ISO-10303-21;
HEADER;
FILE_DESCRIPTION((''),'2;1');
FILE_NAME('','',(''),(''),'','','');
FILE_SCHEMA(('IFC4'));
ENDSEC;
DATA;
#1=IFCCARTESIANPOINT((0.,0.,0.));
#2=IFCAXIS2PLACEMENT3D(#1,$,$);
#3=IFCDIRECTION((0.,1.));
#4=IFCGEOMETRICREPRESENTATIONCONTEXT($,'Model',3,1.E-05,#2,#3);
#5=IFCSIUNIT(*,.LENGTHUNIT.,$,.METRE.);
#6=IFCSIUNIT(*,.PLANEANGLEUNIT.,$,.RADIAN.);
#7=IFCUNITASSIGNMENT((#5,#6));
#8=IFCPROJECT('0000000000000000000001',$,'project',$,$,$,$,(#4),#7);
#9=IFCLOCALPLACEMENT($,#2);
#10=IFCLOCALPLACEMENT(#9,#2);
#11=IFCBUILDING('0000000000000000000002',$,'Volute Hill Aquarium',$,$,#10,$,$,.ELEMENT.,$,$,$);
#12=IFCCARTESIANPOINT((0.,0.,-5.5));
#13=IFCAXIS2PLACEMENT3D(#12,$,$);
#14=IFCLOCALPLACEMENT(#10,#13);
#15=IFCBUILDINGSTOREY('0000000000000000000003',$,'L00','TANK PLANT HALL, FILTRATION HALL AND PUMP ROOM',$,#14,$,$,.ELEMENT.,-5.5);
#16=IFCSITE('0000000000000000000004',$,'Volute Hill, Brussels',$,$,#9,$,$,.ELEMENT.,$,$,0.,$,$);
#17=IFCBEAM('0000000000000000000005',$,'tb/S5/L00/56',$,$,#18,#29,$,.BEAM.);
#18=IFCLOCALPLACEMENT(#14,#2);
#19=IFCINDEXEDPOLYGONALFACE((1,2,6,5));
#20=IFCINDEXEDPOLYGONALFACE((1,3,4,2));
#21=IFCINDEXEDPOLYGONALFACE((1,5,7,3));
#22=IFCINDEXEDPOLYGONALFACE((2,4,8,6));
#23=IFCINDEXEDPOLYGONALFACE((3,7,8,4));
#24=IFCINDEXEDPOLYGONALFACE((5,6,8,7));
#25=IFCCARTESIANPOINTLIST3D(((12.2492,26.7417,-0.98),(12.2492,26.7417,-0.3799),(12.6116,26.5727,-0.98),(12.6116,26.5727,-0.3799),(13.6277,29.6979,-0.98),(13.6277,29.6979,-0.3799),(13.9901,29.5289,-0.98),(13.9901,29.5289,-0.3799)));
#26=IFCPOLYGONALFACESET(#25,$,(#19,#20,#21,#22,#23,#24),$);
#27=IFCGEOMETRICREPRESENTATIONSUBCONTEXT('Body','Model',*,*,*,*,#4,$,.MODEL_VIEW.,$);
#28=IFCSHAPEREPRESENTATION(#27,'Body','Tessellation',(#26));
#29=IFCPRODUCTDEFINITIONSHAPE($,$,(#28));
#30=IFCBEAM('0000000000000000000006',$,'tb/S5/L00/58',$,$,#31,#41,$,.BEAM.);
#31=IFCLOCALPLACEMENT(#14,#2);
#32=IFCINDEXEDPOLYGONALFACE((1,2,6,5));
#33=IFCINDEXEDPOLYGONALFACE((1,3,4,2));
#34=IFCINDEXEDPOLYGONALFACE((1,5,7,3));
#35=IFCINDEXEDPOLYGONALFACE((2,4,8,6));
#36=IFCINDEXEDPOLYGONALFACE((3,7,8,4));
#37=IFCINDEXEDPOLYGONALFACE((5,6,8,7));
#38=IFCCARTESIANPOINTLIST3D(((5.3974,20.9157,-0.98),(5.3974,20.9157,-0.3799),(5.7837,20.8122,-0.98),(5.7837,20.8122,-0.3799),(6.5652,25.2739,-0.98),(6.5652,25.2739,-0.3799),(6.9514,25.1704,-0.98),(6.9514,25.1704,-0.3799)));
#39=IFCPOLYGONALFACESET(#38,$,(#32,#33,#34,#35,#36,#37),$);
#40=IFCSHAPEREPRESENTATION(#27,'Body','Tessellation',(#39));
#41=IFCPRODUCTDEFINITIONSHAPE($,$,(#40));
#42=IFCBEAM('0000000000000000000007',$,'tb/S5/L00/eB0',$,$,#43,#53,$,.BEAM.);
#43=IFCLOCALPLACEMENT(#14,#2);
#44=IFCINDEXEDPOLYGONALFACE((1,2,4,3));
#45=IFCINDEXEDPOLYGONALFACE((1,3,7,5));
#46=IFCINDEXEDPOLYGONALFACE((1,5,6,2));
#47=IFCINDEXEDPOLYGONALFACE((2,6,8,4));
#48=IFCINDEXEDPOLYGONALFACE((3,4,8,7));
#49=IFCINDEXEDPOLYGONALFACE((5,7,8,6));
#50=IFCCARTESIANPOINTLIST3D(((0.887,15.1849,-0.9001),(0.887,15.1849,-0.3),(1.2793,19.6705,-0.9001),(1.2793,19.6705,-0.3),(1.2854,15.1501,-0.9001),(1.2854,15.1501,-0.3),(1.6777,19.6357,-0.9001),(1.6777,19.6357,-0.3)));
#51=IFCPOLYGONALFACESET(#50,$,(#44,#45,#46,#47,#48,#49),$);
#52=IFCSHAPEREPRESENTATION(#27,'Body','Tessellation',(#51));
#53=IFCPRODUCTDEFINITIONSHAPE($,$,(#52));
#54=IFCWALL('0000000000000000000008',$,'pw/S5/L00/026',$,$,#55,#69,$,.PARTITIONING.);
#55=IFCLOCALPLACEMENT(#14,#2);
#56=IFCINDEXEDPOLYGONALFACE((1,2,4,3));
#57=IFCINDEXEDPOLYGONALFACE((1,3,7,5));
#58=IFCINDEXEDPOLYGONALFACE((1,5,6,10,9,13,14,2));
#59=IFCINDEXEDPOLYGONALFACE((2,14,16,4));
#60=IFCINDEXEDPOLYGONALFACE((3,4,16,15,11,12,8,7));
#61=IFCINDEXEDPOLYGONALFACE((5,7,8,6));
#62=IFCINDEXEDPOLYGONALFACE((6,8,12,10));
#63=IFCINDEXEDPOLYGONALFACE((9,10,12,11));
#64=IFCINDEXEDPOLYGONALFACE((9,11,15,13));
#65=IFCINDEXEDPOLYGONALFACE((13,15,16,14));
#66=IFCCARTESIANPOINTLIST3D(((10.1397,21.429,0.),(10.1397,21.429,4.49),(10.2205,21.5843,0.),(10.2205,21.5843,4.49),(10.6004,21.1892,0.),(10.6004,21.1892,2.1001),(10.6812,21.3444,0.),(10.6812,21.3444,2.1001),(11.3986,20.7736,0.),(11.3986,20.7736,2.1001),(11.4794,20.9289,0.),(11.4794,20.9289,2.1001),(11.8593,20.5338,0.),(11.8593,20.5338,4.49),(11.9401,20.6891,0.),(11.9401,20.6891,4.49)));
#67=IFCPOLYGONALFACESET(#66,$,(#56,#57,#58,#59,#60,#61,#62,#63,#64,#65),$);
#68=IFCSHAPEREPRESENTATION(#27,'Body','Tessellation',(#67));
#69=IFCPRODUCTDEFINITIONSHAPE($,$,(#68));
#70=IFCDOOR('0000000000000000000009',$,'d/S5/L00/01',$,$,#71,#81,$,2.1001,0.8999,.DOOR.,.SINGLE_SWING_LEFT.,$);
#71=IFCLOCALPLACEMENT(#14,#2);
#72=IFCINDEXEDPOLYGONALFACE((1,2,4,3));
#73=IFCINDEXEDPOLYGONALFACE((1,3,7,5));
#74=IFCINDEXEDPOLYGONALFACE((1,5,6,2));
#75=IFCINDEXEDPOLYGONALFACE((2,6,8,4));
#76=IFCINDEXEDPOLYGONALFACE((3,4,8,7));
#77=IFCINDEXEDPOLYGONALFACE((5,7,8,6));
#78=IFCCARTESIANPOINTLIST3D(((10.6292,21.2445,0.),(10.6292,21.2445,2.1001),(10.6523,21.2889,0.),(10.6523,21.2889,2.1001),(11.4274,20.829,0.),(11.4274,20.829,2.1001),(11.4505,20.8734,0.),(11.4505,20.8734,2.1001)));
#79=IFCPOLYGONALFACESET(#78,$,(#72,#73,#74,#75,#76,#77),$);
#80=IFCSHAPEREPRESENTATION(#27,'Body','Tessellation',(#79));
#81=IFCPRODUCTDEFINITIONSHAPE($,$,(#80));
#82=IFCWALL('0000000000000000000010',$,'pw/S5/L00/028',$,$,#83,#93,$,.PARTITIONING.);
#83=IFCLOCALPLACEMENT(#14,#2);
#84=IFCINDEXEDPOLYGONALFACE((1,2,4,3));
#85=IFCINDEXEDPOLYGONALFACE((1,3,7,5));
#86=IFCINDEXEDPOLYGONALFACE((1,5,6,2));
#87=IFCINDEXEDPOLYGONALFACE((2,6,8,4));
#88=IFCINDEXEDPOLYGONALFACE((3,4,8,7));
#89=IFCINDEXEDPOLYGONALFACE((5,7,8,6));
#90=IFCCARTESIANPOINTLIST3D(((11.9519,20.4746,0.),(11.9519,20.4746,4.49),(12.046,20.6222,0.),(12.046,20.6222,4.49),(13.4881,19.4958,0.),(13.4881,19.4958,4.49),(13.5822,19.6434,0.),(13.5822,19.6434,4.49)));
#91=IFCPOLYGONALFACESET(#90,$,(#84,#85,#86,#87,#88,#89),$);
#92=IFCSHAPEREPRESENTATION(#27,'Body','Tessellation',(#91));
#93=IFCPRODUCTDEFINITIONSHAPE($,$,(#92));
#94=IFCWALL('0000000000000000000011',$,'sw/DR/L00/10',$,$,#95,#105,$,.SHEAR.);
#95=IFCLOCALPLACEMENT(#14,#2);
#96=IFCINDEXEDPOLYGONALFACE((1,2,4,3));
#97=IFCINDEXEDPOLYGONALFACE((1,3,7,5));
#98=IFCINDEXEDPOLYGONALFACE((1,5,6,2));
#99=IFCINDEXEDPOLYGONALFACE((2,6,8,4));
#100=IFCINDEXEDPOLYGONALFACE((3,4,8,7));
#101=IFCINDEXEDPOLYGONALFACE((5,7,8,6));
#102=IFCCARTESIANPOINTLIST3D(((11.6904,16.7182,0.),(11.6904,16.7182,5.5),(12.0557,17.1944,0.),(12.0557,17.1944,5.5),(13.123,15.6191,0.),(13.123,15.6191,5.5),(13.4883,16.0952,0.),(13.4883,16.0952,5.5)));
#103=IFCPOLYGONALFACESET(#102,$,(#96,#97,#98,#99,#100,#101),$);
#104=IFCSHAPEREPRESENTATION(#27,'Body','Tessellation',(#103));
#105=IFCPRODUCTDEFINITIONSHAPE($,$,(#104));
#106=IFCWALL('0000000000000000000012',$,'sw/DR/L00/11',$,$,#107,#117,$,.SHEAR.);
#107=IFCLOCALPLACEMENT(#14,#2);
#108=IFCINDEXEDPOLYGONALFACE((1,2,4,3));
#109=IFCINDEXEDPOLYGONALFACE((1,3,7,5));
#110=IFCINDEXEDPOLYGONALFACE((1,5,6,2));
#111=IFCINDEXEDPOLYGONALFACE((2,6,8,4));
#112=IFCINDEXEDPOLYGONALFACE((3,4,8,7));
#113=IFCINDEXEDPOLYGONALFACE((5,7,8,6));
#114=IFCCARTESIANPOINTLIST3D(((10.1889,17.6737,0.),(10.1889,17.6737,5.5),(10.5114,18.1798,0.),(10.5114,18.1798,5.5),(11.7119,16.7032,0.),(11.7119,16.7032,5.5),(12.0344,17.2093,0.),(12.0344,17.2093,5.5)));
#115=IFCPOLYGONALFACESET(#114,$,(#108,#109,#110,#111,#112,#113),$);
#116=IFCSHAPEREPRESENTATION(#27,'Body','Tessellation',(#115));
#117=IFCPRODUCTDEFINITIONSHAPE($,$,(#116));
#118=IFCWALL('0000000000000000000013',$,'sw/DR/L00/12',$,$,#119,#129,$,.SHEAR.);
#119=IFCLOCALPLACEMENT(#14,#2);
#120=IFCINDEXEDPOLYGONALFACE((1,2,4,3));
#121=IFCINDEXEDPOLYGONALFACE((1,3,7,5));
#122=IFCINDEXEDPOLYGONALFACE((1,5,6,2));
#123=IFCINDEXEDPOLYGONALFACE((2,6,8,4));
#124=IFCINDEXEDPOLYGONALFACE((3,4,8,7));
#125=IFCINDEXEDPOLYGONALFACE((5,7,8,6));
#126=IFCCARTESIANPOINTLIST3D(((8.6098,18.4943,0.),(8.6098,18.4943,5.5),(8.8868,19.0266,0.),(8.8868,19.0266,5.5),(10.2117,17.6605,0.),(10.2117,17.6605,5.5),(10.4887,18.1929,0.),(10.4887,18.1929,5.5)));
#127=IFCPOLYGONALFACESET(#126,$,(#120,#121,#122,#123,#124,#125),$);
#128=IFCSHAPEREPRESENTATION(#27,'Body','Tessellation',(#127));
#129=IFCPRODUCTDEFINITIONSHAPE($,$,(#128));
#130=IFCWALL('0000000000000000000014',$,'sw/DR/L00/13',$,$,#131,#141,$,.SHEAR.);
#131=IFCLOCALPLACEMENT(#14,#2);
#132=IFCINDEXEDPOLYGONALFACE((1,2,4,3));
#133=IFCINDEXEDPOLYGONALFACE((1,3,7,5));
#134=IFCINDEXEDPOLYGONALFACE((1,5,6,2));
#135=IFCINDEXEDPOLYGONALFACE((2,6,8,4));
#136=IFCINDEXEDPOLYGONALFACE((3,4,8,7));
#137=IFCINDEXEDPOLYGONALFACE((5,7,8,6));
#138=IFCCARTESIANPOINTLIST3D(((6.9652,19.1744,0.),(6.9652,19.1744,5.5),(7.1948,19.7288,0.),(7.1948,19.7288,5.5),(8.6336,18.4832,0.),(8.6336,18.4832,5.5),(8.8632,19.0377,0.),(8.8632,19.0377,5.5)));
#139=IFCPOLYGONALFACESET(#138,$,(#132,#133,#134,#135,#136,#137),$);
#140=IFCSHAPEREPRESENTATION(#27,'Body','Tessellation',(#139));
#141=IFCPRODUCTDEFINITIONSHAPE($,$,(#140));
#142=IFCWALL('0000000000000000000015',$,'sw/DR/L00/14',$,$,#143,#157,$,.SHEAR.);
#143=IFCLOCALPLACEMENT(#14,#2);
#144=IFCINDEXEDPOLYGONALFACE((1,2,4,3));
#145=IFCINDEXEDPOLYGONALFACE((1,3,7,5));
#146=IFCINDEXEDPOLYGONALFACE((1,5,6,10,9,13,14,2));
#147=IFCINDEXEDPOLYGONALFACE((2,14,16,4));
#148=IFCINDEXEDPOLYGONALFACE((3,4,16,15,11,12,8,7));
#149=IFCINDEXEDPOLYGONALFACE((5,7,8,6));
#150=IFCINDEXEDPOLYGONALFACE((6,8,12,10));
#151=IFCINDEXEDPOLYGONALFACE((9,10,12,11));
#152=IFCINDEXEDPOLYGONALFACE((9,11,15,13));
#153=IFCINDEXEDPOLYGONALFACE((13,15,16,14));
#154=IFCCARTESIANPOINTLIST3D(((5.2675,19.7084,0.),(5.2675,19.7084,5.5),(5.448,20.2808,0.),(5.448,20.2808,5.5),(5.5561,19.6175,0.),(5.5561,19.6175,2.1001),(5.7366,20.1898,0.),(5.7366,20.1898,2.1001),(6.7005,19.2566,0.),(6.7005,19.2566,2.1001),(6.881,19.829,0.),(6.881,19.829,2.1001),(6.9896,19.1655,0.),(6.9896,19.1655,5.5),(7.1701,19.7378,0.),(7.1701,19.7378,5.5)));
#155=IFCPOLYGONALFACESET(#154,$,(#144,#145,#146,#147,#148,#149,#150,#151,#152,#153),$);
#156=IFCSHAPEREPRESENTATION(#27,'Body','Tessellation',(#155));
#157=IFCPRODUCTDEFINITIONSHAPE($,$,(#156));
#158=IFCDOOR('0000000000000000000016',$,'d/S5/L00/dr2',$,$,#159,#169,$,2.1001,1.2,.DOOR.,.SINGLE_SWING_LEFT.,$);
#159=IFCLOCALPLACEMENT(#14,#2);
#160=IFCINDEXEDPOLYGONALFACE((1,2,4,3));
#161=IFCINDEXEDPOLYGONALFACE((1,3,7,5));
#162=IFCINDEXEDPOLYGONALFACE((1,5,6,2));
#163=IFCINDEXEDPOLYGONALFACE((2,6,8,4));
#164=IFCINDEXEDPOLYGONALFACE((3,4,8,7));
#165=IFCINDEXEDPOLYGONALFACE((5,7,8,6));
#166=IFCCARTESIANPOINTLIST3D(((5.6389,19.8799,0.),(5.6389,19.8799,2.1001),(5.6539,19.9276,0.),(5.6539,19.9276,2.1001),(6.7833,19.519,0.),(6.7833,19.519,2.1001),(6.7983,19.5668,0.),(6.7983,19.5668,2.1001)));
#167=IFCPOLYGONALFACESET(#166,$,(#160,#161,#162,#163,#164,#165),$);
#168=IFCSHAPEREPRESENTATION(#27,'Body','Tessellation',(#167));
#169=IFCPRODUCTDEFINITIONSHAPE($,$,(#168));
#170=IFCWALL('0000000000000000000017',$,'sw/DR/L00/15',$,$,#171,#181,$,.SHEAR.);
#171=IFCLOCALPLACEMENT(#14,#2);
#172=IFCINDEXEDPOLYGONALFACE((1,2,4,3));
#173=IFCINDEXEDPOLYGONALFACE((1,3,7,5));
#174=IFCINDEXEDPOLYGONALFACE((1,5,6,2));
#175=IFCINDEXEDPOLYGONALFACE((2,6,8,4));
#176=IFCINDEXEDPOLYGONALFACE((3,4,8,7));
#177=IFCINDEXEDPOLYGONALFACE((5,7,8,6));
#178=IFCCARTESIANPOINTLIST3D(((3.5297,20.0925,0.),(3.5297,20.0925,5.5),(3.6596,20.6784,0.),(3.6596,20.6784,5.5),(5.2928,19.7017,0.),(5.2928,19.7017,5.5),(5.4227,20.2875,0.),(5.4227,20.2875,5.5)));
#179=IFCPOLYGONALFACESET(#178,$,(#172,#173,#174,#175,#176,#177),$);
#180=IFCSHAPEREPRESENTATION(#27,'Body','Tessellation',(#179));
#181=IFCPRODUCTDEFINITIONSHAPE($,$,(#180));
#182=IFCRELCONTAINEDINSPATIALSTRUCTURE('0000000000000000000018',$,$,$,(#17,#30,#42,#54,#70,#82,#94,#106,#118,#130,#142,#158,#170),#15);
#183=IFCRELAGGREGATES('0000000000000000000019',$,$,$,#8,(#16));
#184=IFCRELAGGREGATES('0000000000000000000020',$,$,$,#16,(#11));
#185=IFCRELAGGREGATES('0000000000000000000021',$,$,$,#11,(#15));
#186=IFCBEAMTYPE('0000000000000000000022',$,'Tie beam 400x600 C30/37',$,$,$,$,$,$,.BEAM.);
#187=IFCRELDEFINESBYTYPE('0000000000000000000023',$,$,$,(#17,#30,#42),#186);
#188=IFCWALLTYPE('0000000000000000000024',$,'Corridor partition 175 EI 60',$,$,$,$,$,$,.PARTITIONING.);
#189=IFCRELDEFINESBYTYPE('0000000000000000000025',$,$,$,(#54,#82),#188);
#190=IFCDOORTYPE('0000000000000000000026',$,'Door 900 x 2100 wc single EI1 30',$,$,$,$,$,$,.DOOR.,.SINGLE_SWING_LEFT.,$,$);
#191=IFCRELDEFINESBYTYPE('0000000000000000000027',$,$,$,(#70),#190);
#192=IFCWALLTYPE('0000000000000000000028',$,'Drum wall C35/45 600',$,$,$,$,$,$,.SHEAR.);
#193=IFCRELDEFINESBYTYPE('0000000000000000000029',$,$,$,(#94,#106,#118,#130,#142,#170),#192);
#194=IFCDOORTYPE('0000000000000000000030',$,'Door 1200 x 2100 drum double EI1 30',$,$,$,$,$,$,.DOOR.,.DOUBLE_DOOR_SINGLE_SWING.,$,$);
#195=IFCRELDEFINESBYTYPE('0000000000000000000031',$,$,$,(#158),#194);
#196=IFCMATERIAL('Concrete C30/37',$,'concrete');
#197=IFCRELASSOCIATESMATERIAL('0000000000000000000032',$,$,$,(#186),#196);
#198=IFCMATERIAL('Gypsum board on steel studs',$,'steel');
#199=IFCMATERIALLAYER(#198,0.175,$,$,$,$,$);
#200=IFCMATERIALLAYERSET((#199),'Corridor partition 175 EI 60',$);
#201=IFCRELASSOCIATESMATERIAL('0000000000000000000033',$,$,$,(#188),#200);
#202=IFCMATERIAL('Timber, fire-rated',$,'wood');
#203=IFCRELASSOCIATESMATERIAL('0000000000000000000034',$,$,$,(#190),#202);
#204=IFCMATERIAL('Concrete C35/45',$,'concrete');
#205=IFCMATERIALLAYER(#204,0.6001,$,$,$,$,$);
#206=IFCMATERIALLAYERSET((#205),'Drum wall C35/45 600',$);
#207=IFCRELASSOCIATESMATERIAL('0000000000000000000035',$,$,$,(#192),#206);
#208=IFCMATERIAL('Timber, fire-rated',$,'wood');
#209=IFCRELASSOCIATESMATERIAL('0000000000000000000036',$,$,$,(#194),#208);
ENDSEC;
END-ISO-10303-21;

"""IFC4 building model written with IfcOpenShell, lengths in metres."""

from ifc_helpers import new_model, si_unit, direction, frame, frame_2d, origin, origin_2d, place, context, subcontext, project, spatial, rectangle, extrude, material, layer, layer_set, material_profile, profile_set, type_object, element, fill, save


model = new_model("IFC4")

# Units and contexts
model_context = context("Model", 3, precision=1e-05, world=origin(), true_north=direction((0.0, 1.0)))
body_context = subcontext(model_context, "Body", "Model", "MODEL_VIEW")
ifc_project = project(units=[si_unit("LENGTHUNIT", "METRE"), si_unit("PLANEANGLEUNIT", "RADIAN")], contexts=[model_context])

# Site, building, storey
site_placement = place(None, origin())
site = spatial("IfcSite", under=ifc_project, at=site_placement, Name="Volute Hill, Brussels", CompositionType="ELEMENT", RefElevation=0.0)
building_placement = place(site_placement, origin())
building = spatial("IfcBuilding", under=site, at=building_placement, Name="Volute Hill Aquarium", CompositionType="ELEMENT")
storey_placement = place(building_placement, frame((0.0, 0.0, -5.5)))
storey = spatial("IfcBuildingStorey", under=building, at=storey_placement, Name="L00", Description="TANK PLANT HALL, FILTRATION HALL AND PUMP ROOM", CompositionType="ELEMENT", Elevation=-5.5)

# Beams
ifc_material_1 = material(Name="Concrete C30/37", Category="concrete")
ifc_material_profile_1 = material_profile(ifc_material_1, rectangle(XDim=0.3999, YDim=0.6001, at=origin_2d()), Name="RC tie beam 400x600")
ifc_profile_set_1 = profile_set([ifc_material_profile_1], Name="Concrete C30/37")
beam_type = type_object("IfcBeamType", Name="Tie beam 400x600 C30/37", PredefinedType="BEAM", material=ifc_profile_set_1)
beam_1_placement = place(storey_placement, frame((12.4304, 26.6572, -0.6799), z_axis=(0.422615, 0.906309, 0.0), x_axis=(-0.906309, 0.422615, 0.0)))
element("IfcBeam", 1, at=beam_1_placement, inside=storey, type_object=beam_type, Name="tb/S5/L00/56", PredefinedType="BEAM", context=body_context, shape_type="SweptSolid", body=[
    extrude(rectangle(XDim=0.3999, YDim=0.6001, at=origin_2d()), origin(), (0.0, 0.0, 1.0), 3.2617),
])
beam_2_placement = place(storey_placement, frame((6.7583, 25.2222, -0.6799), z_axis=(-0.258811, -0.965928, 0.0), x_axis=(0.965928, -0.258811, 0.0)))
element("IfcBeam", 2, at=beam_2_placement, inside=storey, type_object=beam_type, Name="tb/S5/L00/58", PredefinedType="BEAM", context=body_context, shape_type="SweptSolid", body=[
    extrude(rectangle(XDim=0.3999, YDim=0.6001, at=origin_2d()), origin(), (0.0, 0.0, 1.0), 4.512),
])
beam_3_placement = place(storey_placement, frame((1.4785, 19.6531, -0.6001), z_axis=(-0.087133, -0.996197, 0.0), x_axis=(0.996197, -0.087133, 0.0)))
element("IfcBeam", 3, at=beam_3_placement, inside=storey, type_object=beam_type, Name="tb/S5/L00/eB0", PredefinedType="BEAM", context=body_context, shape_type="SweptSolid", body=[
    extrude(rectangle(XDim=0.3999, YDim=0.6001, at=origin_2d()), origin(), (0.0, 0.0, 1.0), 4.5027),
])

# Wall, opening, door
ifc_material_2 = material(Name="Gypsum board on steel studs", Category="steel")
ifc_layer_1 = layer(ifc_material_2, 0.175)
ifc_layer_set_1 = layer_set([ifc_layer_1], Name="Corridor partition 175 EI 60")
wall_type_1 = type_object("IfcWallType", Name="Corridor partition 175 EI 60", PredefinedType="PARTITIONING", material=ifc_layer_set_1)
wall_1_placement = place(storey_placement, frame((10.1802, 21.5066, 0.0), z_axis=(0.0, 0.0, 1.0), x_axis=(0.887004, -0.461761, 0.0)))
wall_1 = element("IfcWall", 4, at=wall_1_placement, inside=storey, type_object=wall_type_1, Name="pw/S5/L00/026", PredefinedType="PARTITIONING", context=body_context, shape_type="SweptSolid", body=[
    extrude(rectangle(XDim=1.9387, YDim=0.175, at=frame_2d((0.9692, 0.0))), origin(), (0.0, 0.0, 1.0), 4.49),
])
opening_1_placement = place(wall_1_placement, frame((0.5193, 0.0, 0.0)))
opening_1 = element("IfcOpeningElement", 5, at=opening_1_placement, cuts=wall_1, PredefinedType="OPENING", context=body_context, shape_type="SweptSolid", body=[
    extrude(rectangle(XDim=0.8999, YDim=2.1001, at=frame_2d((0.45, 1.05))), frame((0.0, 0.0974, 0.0), z_axis=(0.0, -1.0, 0.0), x_axis=(1.0, 0.0, 0.0)), (0.0, 0.0, 1.0), 0.1951),
])
ifc_material_3 = material(Name="Timber, fire-rated", Category="wood")
door_type_1 = type_object("IfcDoorType", Name="Door 900 x 2100 wc single EI1 30", OperationType="SINGLE_SWING_LEFT", PredefinedType="DOOR", material=ifc_material_3)
door_1_placement = place(opening_1_placement, origin())
door_1 = element("IfcDoor", 6, at=door_1_placement, inside=storey, type_object=door_type_1, Name="d/S5/L00/01", OperationType="SINGLE_SWING_LEFT", OverallHeight=2.1001, OverallWidth=0.8999, PredefinedType="DOOR", context=body_context, shape_type="SweptSolid", body=[
    extrude(rectangle(XDim=0.8999, YDim=2.1001, at=frame_2d((0.45, 1.05))), frame((0.0, 0.0249, 0.0), z_axis=(0.0, -1.0, 0.0), x_axis=(1.0, 0.0, 0.0)), (0.0, 0.0, 1.0), 0.05),
])
fill(opening_1, door_1)

# Walls
wall_2_placement = place(storey_placement, frame((11.999, 20.5483, 0.0), z_axis=(0.0, 0.0, 1.0), x_axis=(0.843358, -0.537352, 0.0)))
element("IfcWall", 7, at=wall_2_placement, inside=storey, type_object=wall_type_1, Name="pw/S5/L00/028", PredefinedType="PARTITIONING", context=body_context, shape_type="SweptSolid", body=[
    extrude(rectangle(XDim=1.8215, YDim=0.175, at=frame_2d((0.9106, 0.0))), origin(), (0.0, 0.0, 1.0), 4.49),
])
ifc_material_4 = material(Name="Concrete C35/45", Category="concrete")
ifc_layer_2 = layer(ifc_material_4, 0.6001)
ifc_layer_set_2 = layer_set([ifc_layer_2], Name="Drum wall C35/45 600")
wall_type_2 = type_object("IfcWallType", Name="Drum wall C35/45 600", PredefinedType="SHEAR", material=ifc_layer_set_2)
wall_3_placement = place(storey_placement, frame((13.3057, 15.8572, 0.0), z_axis=(0.0, 0.0, 1.0), x_axis=(-0.793397, 0.608704, 0.0)))
element("IfcWall", 8, at=wall_3_placement, inside=storey, type_object=wall_type_2, Name="sw/DR/L00/10", PredefinedType="SHEAR", context=body_context, shape_type="SweptSolid", body=[
    extrude(rectangle(XDim=1.8057, YDim=0.6001, at=frame_2d((0.9028, 0.0))), origin(), (0.0, 0.0, 1.0), 5.5),
])
for number, where, z_axis, x_axis, name in (
    (9, (11.873, 16.9563, 0.0), (0.0, 0.0, 1.0), (-0.843333, 0.537392, 0.0), "sw/DR/L00/11"),
    (10, (10.3501, 17.9268, 0.0), (0.0, 0.0, 1.0), (-0.887035, 0.461702, 0.0), "sw/DR/L00/12"),
    (11, (8.7483, 18.7605, 0.0), (0.0, 0.0, 1.0), (-0.923867, 0.382714, 0.0), "sw/DR/L00/13"),
):
    element("IfcWall", number, at=place(storey_placement, frame(where, z_axis=z_axis, x_axis=x_axis)), inside=storey, type_object=wall_type_2, Name=name, PredefinedType="SHEAR", context=body_context, shape_type="SweptSolid", body=[
        extrude(rectangle(XDim=1.8059, YDim=0.6001, at=frame_2d((0.9028, 0.0))), origin(), (0.0, 0.0, 1.0), 5.5),
    ])

# Wall, opening, door
wall_4_placement = place(storey_placement, frame((7.0798, 19.4517, 0.0), z_axis=(0.0, 0.0, 1.0), x_axis=(-0.953722, 0.300691, 0.0)))
wall_4 = element("IfcWall", 12, at=wall_4_placement, inside=storey, type_object=wall_type_2, Name="sw/DR/L00/14", PredefinedType="SHEAR", context=body_context, shape_type="SweptSolid", body=[
    extrude(rectangle(XDim=1.8057, YDim=0.6001, at=frame_2d((0.9028, 0.0))), origin(), (0.0, 0.0, 1.0), 5.5),
])
opening_2_placement = place(wall_4_placement, frame((0.303, 0.0, 0.0)))
opening_2 = element("IfcOpeningElement", 13, at=opening_2_placement, cuts=wall_4, PredefinedType="OPENING", context=body_context, shape_type="SweptSolid", body=[
    extrude(rectangle(XDim=1.2, YDim=2.1001, at=frame_2d((0.6001, 1.05))), frame((0.0, 0.3101, 0.0), z_axis=(0.0, -1.0, 0.0), x_axis=(1.0, 0.0, 0.0)), (0.0, 0.0, 1.0), 0.6201),
])
ifc_material_5 = material(Name="Timber, fire-rated", Category="wood")
door_type_2 = type_object("IfcDoorType", Name="Door 1200 x 2100 drum double EI1 30", OperationType="DOUBLE_DOOR_SINGLE_SWING", PredefinedType="DOOR", material=ifc_material_5)
door_2_placement = place(opening_2_placement, origin())
door_2 = element("IfcDoor", 14, at=door_2_placement, inside=storey, type_object=door_type_2, Name="d/S5/L00/dr2", OperationType="SINGLE_SWING_LEFT", OverallHeight=2.1001, OverallWidth=1.2, PredefinedType="DOOR", context=body_context, shape_type="SweptSolid", body=[
    extrude(rectangle(XDim=1.2, YDim=2.1001, at=frame_2d((0.6001, 1.05))), frame((0.0, 0.0249, 0.0), z_axis=(0.0, -1.0, 0.0), x_axis=(1.0, 0.0, 0.0)), (0.0, 0.0, 1.0), 0.05),
])
fill(opening_2, door_2)

# Wall
wall_5_placement = place(storey_placement, frame((5.3577, 19.9946, 0.0), z_axis=(0.0, 0.0, 1.0), x_axis=(-0.976298, 0.216429, 0.0)))
element("IfcWall", 15, at=wall_5_placement, inside=storey, type_object=wall_type_2, Name="sw/DR/L00/15", PredefinedType="SHEAR", context=body_context, shape_type="SweptSolid", body=[
    extrude(rectangle(XDim=1.8059, YDim=0.6001, at=frame_2d((0.9028, 0.0))), origin(), (0.0, 0.0, 1.0), 5.5),
])

save(model, "model.ifc")
